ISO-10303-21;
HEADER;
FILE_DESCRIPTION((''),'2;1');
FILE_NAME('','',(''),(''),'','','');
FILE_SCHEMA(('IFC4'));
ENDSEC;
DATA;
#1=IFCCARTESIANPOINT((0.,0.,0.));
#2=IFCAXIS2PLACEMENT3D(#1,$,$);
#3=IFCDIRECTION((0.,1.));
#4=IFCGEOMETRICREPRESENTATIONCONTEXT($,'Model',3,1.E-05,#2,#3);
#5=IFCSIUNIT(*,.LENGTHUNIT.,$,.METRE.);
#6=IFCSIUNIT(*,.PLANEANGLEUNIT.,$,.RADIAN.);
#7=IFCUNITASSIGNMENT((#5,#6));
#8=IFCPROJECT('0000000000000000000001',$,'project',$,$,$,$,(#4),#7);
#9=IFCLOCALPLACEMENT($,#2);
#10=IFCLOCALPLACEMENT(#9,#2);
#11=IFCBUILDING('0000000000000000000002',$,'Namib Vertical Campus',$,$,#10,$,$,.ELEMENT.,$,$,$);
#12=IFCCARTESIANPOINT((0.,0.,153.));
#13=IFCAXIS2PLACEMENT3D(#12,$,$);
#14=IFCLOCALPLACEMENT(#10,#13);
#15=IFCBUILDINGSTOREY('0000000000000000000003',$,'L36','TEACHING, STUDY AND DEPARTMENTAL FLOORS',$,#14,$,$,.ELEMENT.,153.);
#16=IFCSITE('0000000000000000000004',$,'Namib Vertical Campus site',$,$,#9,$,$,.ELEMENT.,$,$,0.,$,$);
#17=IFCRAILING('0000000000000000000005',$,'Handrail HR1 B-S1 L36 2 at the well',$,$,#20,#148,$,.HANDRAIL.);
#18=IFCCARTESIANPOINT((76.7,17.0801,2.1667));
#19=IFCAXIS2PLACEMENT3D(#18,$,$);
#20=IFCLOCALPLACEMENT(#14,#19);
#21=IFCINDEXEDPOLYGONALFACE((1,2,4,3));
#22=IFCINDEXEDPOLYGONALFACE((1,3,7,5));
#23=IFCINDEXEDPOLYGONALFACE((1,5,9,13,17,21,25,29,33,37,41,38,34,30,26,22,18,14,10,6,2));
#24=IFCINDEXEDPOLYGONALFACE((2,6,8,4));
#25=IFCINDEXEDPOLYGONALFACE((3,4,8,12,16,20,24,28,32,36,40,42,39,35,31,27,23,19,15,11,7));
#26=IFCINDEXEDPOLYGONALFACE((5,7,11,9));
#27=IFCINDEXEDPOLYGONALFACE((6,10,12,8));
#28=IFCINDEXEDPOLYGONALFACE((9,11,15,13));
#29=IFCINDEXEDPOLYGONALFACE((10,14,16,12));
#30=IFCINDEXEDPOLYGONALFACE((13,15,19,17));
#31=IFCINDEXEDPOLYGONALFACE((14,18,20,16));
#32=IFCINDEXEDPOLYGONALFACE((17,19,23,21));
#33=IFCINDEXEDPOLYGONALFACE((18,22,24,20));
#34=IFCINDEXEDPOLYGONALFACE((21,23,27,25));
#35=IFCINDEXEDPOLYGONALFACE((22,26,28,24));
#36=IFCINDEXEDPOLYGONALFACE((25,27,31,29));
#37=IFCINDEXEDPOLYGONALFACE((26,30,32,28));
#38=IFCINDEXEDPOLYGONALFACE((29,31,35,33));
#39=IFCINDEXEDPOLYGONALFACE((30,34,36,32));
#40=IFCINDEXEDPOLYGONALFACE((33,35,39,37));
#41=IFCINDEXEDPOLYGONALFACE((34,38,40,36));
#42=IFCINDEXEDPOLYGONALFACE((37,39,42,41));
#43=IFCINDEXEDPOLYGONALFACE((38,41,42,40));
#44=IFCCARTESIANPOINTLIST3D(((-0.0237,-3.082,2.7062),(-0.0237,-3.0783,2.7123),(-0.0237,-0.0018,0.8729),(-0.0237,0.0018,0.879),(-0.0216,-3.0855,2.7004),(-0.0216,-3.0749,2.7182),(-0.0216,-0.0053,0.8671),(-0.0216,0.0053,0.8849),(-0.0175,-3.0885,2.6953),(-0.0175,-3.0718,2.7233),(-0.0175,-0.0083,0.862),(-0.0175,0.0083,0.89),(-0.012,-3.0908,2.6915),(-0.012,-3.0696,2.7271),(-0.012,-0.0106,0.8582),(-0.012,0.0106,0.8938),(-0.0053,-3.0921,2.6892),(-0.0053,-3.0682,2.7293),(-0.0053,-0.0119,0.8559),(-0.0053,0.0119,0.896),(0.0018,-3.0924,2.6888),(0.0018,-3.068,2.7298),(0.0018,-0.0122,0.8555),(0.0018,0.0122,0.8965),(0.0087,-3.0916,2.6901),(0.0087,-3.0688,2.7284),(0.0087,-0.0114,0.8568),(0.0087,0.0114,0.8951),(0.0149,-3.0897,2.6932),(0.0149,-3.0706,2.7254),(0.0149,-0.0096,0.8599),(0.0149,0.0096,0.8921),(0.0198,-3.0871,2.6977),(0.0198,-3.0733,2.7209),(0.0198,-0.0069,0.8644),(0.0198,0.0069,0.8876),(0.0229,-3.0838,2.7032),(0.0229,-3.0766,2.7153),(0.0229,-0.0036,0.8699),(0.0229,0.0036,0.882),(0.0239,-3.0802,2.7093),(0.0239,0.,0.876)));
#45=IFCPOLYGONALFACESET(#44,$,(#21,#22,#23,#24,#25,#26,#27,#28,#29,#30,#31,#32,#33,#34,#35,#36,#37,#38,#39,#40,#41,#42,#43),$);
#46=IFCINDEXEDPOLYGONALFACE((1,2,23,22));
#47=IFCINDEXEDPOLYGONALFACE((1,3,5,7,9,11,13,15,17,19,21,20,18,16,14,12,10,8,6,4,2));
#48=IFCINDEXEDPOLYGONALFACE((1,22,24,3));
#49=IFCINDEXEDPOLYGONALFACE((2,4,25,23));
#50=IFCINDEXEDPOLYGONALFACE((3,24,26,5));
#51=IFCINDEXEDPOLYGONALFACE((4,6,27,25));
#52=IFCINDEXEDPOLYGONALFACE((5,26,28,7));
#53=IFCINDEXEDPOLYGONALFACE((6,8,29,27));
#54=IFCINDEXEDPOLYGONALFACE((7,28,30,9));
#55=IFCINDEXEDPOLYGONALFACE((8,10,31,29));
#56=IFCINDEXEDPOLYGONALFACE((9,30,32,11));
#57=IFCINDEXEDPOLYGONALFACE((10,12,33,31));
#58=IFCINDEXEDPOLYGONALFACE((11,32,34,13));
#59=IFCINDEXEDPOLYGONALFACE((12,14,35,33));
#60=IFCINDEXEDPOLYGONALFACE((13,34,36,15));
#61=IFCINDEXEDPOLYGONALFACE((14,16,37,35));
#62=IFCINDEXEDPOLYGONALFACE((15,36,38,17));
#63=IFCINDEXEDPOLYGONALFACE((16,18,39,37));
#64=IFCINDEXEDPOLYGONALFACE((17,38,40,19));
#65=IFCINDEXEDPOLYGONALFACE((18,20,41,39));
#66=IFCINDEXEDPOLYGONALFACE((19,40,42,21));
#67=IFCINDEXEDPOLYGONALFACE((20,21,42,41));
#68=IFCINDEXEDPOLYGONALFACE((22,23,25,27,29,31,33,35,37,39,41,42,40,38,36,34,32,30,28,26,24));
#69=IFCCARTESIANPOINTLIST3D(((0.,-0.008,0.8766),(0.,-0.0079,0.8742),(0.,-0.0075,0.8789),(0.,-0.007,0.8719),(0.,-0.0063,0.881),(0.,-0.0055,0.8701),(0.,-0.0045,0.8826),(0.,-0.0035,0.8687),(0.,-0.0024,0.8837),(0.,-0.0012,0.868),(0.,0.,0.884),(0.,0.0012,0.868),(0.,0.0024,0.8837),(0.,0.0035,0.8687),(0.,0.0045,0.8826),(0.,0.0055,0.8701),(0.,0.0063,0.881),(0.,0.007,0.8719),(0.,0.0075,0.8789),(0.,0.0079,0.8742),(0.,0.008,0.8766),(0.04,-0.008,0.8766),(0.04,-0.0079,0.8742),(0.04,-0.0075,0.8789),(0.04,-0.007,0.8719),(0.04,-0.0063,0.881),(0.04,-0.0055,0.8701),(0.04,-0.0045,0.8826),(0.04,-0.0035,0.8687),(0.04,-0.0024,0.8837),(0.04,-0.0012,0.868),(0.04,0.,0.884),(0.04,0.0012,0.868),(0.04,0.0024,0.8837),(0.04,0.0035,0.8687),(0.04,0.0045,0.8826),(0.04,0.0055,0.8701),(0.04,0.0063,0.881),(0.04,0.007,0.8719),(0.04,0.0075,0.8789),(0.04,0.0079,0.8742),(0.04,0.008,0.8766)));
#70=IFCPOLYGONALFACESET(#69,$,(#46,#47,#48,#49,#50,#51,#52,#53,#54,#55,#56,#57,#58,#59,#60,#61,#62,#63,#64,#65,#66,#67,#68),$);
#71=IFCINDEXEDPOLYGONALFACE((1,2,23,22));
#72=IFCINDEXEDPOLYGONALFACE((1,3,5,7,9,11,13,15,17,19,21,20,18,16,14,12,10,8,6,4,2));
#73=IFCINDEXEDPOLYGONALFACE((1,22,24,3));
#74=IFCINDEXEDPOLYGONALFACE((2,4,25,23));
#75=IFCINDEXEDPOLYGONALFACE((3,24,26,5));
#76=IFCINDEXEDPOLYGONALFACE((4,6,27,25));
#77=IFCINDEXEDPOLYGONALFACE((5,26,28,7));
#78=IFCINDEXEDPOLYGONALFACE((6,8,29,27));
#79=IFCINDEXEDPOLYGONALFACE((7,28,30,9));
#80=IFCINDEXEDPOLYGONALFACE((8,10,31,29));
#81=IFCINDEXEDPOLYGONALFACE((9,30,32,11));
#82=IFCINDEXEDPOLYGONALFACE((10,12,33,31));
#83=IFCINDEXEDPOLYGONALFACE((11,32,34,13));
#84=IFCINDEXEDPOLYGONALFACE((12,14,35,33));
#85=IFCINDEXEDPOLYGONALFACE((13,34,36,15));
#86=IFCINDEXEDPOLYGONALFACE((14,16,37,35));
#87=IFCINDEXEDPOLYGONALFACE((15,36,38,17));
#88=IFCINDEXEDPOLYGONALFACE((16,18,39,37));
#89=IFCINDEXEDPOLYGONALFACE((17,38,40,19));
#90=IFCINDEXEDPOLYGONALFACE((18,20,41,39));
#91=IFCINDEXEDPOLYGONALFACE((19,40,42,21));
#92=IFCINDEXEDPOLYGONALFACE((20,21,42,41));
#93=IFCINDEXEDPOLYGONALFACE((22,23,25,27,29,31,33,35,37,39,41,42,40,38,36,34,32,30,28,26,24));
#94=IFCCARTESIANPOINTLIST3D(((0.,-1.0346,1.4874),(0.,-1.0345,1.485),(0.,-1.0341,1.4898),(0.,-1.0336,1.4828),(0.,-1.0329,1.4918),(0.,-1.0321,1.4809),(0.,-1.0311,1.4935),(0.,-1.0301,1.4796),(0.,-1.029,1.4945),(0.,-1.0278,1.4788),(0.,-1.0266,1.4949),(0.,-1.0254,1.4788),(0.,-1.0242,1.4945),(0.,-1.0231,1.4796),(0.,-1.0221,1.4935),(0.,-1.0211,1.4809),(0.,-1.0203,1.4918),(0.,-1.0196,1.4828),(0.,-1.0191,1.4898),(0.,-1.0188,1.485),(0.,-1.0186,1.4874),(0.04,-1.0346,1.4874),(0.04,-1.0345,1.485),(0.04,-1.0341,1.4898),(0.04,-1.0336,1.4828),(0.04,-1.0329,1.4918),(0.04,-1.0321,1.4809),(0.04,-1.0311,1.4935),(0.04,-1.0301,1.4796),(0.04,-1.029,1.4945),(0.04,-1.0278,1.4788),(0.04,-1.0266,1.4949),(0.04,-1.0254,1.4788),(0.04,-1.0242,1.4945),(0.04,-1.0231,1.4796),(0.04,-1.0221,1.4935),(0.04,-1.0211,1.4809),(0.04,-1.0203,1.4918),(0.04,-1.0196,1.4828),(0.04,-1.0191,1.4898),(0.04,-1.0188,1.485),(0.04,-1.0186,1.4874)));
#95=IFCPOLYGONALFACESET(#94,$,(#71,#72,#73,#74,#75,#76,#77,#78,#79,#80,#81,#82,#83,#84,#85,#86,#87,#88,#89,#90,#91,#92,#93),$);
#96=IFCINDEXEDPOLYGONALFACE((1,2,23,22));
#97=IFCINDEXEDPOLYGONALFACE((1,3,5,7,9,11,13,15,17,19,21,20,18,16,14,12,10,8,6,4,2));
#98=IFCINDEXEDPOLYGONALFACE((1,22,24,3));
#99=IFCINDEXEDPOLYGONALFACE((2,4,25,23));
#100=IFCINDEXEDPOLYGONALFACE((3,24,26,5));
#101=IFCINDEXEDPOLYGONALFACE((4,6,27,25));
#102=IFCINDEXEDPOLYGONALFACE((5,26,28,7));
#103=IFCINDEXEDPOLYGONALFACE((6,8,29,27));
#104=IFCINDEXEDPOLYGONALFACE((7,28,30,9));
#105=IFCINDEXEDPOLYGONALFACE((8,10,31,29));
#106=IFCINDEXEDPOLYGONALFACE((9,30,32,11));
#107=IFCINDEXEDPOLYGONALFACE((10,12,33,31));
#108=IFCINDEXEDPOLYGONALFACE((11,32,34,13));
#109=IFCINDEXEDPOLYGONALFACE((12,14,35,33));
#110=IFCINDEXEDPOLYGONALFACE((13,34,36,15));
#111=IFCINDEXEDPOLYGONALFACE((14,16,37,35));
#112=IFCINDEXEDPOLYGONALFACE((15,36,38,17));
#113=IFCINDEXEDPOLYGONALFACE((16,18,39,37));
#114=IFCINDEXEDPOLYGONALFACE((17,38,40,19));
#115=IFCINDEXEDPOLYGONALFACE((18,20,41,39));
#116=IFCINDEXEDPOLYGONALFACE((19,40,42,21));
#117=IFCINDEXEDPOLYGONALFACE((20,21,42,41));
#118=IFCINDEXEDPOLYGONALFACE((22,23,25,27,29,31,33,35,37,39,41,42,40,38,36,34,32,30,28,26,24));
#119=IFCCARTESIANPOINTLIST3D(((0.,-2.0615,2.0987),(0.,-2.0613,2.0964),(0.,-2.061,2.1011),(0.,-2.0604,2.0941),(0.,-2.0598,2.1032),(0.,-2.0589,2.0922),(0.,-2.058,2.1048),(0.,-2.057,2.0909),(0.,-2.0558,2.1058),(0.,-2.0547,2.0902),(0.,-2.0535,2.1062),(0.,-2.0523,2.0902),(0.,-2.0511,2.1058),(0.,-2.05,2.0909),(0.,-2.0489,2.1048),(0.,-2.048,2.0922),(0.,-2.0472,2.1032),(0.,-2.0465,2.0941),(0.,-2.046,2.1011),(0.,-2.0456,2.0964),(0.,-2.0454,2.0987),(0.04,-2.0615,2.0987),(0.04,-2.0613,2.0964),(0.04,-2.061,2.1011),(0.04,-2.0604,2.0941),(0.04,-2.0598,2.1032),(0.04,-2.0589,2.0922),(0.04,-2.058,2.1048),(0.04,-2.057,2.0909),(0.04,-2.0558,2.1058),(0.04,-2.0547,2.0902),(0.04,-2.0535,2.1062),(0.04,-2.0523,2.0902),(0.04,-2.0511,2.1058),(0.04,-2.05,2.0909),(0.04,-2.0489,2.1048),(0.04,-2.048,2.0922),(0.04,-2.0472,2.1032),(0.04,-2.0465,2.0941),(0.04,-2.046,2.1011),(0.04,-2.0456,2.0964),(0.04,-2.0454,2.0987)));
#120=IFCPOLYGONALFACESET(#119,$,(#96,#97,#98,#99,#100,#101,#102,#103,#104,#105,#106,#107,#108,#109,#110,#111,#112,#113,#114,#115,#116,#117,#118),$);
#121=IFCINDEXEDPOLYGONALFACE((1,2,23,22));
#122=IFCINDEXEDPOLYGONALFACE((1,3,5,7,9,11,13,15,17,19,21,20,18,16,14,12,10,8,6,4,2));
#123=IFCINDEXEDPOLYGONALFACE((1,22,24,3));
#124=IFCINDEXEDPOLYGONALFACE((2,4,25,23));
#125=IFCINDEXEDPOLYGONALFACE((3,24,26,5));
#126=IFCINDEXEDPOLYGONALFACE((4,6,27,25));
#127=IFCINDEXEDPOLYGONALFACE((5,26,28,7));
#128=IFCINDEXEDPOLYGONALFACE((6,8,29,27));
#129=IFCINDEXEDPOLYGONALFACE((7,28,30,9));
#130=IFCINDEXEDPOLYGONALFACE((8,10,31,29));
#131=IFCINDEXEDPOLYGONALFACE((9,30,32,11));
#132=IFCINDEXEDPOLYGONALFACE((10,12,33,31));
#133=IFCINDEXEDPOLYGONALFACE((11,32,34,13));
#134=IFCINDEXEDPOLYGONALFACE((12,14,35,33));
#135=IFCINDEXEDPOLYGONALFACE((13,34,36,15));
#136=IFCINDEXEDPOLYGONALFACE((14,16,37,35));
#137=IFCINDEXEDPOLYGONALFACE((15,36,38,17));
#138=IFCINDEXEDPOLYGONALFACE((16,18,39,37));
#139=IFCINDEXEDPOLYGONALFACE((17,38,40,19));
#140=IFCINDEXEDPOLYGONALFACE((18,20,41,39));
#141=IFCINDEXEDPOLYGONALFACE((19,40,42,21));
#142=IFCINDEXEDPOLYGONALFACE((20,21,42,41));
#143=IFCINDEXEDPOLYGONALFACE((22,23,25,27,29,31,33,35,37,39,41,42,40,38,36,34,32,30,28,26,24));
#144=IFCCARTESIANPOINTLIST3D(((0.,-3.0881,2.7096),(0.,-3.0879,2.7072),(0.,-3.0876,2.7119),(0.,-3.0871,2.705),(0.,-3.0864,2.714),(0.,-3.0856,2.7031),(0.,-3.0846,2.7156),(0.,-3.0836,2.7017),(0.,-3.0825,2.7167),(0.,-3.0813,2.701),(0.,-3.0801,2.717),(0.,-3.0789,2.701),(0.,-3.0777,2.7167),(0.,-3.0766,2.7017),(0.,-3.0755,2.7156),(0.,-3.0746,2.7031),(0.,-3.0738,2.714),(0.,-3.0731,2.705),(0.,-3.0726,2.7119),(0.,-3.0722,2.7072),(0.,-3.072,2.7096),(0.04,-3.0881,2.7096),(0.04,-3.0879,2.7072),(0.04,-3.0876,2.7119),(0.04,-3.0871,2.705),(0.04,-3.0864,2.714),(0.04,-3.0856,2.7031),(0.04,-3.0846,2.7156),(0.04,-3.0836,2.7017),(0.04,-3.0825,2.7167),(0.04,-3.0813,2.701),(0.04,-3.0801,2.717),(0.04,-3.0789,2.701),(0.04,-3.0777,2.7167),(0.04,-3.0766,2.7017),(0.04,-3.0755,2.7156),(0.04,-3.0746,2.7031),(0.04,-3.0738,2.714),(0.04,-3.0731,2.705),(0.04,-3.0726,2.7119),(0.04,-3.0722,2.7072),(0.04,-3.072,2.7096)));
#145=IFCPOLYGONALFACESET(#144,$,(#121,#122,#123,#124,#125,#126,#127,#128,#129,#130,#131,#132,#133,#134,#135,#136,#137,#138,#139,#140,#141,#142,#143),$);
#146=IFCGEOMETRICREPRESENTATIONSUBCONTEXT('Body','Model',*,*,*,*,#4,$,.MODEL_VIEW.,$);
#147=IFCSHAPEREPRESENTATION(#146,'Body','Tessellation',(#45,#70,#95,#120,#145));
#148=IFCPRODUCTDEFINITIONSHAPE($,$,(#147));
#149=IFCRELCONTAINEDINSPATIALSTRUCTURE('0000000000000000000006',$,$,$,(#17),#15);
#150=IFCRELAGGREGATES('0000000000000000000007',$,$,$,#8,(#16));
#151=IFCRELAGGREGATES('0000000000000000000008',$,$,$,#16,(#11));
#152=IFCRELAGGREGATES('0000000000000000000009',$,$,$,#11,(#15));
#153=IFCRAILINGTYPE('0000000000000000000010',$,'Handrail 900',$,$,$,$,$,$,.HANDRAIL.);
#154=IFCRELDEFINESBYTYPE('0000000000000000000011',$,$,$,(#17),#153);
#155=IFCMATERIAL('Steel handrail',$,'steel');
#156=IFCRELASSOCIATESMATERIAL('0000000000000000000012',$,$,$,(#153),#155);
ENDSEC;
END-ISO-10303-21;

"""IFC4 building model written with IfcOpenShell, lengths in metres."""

from ifc_helpers import new_model, si_unit, direction, frame, origin, origin_2d, place, context, subcontext, project, spatial, circle, extrude, material, type_object, element, save


model = new_model("IFC4")

# Units and contexts
model_context = context("Model", 3, precision=1e-05, world=origin(), true_north=direction((0.0, 1.0)))
body_context = subcontext(model_context, "Body", "Model", "MODEL_VIEW")
ifc_project = project(units=[si_unit("LENGTHUNIT", "METRE"), si_unit("PLANEANGLEUNIT", "RADIAN")], contexts=[model_context])

# Site, building, storey
site_placement = place(None, origin())
site = spatial("IfcSite", under=ifc_project, at=site_placement, Name="Namib Vertical Campus site", CompositionType="ELEMENT", RefElevation=0.0)
building_placement = place(site_placement, origin())
building = spatial("IfcBuilding", under=site, at=building_placement, Name="Namib Vertical Campus", CompositionType="ELEMENT")
storey_placement = place(building_placement, frame((0.0, 0.0, 153.0)))
storey = spatial("IfcBuildingStorey", under=building, at=storey_placement, Name="L36", Description="TEACHING, STUDY AND DEPARTMENTAL FLOORS", CompositionType="ELEMENT", Elevation=153.0)

# Railing
ifc_material_1 = material(Name="Steel handrail", Category="steel")
railing_type_1 = type_object("IfcRailingType", Name="Handrail 900", PredefinedType="HANDRAIL", material=ifc_material_1)
railing_1_placement = place(storey_placement, frame((76.7, 17.0801, 2.1667)))
element("IfcRailing", 1, at=railing_1_placement, inside=storey, type_object=railing_type_1, Name="Handrail HR1 B-S1 L36 2 at the well", PredefinedType="HANDRAIL", context=body_context, shape_type="SweptSolid", body=[
    extrude(circle(Radius=0.0239, at=origin_2d()), frame((0.0, 0.0, 0.876), z_axis=(0.0, -0.859309, 0.511458), x_axis=(1.0, 0.0, 0.0)), (0.0, 0.0, 1.0), 3.5845),
    extrude(circle(Radius=0.0081, at=origin_2d()), frame((0.0, 0.0, 0.876), z_axis=(1.0, 0.0, 0.0), x_axis=(0.0, 0.0, 1.0)), (0.0, 0.0, 1.0), 0.04),
    extrude(circle(Radius=0.0081, at=origin_2d()), frame((0.0, -1.0266, 1.4868), z_axis=(1.0, 0.0, 0.0), x_axis=(0.0, 0.0, 1.0)), (0.0, 0.0, 1.0), 0.04),
    extrude(circle(Radius=0.0081, at=origin_2d()), frame((0.0, -2.0535, 2.0981), z_axis=(1.0, 0.0, 0.0), x_axis=(0.0, 0.0, 1.0)), (0.0, 0.0, 1.0), 0.04),
    extrude(circle(Radius=0.0081, at=origin_2d()), frame((0.0, -3.0801, 2.709), z_axis=(1.0, 0.0, 0.0), x_axis=(0.0, 0.0, 1.0)), (0.0, 0.0, 1.0), 0.04),
])

save(model, "model.ifc")
